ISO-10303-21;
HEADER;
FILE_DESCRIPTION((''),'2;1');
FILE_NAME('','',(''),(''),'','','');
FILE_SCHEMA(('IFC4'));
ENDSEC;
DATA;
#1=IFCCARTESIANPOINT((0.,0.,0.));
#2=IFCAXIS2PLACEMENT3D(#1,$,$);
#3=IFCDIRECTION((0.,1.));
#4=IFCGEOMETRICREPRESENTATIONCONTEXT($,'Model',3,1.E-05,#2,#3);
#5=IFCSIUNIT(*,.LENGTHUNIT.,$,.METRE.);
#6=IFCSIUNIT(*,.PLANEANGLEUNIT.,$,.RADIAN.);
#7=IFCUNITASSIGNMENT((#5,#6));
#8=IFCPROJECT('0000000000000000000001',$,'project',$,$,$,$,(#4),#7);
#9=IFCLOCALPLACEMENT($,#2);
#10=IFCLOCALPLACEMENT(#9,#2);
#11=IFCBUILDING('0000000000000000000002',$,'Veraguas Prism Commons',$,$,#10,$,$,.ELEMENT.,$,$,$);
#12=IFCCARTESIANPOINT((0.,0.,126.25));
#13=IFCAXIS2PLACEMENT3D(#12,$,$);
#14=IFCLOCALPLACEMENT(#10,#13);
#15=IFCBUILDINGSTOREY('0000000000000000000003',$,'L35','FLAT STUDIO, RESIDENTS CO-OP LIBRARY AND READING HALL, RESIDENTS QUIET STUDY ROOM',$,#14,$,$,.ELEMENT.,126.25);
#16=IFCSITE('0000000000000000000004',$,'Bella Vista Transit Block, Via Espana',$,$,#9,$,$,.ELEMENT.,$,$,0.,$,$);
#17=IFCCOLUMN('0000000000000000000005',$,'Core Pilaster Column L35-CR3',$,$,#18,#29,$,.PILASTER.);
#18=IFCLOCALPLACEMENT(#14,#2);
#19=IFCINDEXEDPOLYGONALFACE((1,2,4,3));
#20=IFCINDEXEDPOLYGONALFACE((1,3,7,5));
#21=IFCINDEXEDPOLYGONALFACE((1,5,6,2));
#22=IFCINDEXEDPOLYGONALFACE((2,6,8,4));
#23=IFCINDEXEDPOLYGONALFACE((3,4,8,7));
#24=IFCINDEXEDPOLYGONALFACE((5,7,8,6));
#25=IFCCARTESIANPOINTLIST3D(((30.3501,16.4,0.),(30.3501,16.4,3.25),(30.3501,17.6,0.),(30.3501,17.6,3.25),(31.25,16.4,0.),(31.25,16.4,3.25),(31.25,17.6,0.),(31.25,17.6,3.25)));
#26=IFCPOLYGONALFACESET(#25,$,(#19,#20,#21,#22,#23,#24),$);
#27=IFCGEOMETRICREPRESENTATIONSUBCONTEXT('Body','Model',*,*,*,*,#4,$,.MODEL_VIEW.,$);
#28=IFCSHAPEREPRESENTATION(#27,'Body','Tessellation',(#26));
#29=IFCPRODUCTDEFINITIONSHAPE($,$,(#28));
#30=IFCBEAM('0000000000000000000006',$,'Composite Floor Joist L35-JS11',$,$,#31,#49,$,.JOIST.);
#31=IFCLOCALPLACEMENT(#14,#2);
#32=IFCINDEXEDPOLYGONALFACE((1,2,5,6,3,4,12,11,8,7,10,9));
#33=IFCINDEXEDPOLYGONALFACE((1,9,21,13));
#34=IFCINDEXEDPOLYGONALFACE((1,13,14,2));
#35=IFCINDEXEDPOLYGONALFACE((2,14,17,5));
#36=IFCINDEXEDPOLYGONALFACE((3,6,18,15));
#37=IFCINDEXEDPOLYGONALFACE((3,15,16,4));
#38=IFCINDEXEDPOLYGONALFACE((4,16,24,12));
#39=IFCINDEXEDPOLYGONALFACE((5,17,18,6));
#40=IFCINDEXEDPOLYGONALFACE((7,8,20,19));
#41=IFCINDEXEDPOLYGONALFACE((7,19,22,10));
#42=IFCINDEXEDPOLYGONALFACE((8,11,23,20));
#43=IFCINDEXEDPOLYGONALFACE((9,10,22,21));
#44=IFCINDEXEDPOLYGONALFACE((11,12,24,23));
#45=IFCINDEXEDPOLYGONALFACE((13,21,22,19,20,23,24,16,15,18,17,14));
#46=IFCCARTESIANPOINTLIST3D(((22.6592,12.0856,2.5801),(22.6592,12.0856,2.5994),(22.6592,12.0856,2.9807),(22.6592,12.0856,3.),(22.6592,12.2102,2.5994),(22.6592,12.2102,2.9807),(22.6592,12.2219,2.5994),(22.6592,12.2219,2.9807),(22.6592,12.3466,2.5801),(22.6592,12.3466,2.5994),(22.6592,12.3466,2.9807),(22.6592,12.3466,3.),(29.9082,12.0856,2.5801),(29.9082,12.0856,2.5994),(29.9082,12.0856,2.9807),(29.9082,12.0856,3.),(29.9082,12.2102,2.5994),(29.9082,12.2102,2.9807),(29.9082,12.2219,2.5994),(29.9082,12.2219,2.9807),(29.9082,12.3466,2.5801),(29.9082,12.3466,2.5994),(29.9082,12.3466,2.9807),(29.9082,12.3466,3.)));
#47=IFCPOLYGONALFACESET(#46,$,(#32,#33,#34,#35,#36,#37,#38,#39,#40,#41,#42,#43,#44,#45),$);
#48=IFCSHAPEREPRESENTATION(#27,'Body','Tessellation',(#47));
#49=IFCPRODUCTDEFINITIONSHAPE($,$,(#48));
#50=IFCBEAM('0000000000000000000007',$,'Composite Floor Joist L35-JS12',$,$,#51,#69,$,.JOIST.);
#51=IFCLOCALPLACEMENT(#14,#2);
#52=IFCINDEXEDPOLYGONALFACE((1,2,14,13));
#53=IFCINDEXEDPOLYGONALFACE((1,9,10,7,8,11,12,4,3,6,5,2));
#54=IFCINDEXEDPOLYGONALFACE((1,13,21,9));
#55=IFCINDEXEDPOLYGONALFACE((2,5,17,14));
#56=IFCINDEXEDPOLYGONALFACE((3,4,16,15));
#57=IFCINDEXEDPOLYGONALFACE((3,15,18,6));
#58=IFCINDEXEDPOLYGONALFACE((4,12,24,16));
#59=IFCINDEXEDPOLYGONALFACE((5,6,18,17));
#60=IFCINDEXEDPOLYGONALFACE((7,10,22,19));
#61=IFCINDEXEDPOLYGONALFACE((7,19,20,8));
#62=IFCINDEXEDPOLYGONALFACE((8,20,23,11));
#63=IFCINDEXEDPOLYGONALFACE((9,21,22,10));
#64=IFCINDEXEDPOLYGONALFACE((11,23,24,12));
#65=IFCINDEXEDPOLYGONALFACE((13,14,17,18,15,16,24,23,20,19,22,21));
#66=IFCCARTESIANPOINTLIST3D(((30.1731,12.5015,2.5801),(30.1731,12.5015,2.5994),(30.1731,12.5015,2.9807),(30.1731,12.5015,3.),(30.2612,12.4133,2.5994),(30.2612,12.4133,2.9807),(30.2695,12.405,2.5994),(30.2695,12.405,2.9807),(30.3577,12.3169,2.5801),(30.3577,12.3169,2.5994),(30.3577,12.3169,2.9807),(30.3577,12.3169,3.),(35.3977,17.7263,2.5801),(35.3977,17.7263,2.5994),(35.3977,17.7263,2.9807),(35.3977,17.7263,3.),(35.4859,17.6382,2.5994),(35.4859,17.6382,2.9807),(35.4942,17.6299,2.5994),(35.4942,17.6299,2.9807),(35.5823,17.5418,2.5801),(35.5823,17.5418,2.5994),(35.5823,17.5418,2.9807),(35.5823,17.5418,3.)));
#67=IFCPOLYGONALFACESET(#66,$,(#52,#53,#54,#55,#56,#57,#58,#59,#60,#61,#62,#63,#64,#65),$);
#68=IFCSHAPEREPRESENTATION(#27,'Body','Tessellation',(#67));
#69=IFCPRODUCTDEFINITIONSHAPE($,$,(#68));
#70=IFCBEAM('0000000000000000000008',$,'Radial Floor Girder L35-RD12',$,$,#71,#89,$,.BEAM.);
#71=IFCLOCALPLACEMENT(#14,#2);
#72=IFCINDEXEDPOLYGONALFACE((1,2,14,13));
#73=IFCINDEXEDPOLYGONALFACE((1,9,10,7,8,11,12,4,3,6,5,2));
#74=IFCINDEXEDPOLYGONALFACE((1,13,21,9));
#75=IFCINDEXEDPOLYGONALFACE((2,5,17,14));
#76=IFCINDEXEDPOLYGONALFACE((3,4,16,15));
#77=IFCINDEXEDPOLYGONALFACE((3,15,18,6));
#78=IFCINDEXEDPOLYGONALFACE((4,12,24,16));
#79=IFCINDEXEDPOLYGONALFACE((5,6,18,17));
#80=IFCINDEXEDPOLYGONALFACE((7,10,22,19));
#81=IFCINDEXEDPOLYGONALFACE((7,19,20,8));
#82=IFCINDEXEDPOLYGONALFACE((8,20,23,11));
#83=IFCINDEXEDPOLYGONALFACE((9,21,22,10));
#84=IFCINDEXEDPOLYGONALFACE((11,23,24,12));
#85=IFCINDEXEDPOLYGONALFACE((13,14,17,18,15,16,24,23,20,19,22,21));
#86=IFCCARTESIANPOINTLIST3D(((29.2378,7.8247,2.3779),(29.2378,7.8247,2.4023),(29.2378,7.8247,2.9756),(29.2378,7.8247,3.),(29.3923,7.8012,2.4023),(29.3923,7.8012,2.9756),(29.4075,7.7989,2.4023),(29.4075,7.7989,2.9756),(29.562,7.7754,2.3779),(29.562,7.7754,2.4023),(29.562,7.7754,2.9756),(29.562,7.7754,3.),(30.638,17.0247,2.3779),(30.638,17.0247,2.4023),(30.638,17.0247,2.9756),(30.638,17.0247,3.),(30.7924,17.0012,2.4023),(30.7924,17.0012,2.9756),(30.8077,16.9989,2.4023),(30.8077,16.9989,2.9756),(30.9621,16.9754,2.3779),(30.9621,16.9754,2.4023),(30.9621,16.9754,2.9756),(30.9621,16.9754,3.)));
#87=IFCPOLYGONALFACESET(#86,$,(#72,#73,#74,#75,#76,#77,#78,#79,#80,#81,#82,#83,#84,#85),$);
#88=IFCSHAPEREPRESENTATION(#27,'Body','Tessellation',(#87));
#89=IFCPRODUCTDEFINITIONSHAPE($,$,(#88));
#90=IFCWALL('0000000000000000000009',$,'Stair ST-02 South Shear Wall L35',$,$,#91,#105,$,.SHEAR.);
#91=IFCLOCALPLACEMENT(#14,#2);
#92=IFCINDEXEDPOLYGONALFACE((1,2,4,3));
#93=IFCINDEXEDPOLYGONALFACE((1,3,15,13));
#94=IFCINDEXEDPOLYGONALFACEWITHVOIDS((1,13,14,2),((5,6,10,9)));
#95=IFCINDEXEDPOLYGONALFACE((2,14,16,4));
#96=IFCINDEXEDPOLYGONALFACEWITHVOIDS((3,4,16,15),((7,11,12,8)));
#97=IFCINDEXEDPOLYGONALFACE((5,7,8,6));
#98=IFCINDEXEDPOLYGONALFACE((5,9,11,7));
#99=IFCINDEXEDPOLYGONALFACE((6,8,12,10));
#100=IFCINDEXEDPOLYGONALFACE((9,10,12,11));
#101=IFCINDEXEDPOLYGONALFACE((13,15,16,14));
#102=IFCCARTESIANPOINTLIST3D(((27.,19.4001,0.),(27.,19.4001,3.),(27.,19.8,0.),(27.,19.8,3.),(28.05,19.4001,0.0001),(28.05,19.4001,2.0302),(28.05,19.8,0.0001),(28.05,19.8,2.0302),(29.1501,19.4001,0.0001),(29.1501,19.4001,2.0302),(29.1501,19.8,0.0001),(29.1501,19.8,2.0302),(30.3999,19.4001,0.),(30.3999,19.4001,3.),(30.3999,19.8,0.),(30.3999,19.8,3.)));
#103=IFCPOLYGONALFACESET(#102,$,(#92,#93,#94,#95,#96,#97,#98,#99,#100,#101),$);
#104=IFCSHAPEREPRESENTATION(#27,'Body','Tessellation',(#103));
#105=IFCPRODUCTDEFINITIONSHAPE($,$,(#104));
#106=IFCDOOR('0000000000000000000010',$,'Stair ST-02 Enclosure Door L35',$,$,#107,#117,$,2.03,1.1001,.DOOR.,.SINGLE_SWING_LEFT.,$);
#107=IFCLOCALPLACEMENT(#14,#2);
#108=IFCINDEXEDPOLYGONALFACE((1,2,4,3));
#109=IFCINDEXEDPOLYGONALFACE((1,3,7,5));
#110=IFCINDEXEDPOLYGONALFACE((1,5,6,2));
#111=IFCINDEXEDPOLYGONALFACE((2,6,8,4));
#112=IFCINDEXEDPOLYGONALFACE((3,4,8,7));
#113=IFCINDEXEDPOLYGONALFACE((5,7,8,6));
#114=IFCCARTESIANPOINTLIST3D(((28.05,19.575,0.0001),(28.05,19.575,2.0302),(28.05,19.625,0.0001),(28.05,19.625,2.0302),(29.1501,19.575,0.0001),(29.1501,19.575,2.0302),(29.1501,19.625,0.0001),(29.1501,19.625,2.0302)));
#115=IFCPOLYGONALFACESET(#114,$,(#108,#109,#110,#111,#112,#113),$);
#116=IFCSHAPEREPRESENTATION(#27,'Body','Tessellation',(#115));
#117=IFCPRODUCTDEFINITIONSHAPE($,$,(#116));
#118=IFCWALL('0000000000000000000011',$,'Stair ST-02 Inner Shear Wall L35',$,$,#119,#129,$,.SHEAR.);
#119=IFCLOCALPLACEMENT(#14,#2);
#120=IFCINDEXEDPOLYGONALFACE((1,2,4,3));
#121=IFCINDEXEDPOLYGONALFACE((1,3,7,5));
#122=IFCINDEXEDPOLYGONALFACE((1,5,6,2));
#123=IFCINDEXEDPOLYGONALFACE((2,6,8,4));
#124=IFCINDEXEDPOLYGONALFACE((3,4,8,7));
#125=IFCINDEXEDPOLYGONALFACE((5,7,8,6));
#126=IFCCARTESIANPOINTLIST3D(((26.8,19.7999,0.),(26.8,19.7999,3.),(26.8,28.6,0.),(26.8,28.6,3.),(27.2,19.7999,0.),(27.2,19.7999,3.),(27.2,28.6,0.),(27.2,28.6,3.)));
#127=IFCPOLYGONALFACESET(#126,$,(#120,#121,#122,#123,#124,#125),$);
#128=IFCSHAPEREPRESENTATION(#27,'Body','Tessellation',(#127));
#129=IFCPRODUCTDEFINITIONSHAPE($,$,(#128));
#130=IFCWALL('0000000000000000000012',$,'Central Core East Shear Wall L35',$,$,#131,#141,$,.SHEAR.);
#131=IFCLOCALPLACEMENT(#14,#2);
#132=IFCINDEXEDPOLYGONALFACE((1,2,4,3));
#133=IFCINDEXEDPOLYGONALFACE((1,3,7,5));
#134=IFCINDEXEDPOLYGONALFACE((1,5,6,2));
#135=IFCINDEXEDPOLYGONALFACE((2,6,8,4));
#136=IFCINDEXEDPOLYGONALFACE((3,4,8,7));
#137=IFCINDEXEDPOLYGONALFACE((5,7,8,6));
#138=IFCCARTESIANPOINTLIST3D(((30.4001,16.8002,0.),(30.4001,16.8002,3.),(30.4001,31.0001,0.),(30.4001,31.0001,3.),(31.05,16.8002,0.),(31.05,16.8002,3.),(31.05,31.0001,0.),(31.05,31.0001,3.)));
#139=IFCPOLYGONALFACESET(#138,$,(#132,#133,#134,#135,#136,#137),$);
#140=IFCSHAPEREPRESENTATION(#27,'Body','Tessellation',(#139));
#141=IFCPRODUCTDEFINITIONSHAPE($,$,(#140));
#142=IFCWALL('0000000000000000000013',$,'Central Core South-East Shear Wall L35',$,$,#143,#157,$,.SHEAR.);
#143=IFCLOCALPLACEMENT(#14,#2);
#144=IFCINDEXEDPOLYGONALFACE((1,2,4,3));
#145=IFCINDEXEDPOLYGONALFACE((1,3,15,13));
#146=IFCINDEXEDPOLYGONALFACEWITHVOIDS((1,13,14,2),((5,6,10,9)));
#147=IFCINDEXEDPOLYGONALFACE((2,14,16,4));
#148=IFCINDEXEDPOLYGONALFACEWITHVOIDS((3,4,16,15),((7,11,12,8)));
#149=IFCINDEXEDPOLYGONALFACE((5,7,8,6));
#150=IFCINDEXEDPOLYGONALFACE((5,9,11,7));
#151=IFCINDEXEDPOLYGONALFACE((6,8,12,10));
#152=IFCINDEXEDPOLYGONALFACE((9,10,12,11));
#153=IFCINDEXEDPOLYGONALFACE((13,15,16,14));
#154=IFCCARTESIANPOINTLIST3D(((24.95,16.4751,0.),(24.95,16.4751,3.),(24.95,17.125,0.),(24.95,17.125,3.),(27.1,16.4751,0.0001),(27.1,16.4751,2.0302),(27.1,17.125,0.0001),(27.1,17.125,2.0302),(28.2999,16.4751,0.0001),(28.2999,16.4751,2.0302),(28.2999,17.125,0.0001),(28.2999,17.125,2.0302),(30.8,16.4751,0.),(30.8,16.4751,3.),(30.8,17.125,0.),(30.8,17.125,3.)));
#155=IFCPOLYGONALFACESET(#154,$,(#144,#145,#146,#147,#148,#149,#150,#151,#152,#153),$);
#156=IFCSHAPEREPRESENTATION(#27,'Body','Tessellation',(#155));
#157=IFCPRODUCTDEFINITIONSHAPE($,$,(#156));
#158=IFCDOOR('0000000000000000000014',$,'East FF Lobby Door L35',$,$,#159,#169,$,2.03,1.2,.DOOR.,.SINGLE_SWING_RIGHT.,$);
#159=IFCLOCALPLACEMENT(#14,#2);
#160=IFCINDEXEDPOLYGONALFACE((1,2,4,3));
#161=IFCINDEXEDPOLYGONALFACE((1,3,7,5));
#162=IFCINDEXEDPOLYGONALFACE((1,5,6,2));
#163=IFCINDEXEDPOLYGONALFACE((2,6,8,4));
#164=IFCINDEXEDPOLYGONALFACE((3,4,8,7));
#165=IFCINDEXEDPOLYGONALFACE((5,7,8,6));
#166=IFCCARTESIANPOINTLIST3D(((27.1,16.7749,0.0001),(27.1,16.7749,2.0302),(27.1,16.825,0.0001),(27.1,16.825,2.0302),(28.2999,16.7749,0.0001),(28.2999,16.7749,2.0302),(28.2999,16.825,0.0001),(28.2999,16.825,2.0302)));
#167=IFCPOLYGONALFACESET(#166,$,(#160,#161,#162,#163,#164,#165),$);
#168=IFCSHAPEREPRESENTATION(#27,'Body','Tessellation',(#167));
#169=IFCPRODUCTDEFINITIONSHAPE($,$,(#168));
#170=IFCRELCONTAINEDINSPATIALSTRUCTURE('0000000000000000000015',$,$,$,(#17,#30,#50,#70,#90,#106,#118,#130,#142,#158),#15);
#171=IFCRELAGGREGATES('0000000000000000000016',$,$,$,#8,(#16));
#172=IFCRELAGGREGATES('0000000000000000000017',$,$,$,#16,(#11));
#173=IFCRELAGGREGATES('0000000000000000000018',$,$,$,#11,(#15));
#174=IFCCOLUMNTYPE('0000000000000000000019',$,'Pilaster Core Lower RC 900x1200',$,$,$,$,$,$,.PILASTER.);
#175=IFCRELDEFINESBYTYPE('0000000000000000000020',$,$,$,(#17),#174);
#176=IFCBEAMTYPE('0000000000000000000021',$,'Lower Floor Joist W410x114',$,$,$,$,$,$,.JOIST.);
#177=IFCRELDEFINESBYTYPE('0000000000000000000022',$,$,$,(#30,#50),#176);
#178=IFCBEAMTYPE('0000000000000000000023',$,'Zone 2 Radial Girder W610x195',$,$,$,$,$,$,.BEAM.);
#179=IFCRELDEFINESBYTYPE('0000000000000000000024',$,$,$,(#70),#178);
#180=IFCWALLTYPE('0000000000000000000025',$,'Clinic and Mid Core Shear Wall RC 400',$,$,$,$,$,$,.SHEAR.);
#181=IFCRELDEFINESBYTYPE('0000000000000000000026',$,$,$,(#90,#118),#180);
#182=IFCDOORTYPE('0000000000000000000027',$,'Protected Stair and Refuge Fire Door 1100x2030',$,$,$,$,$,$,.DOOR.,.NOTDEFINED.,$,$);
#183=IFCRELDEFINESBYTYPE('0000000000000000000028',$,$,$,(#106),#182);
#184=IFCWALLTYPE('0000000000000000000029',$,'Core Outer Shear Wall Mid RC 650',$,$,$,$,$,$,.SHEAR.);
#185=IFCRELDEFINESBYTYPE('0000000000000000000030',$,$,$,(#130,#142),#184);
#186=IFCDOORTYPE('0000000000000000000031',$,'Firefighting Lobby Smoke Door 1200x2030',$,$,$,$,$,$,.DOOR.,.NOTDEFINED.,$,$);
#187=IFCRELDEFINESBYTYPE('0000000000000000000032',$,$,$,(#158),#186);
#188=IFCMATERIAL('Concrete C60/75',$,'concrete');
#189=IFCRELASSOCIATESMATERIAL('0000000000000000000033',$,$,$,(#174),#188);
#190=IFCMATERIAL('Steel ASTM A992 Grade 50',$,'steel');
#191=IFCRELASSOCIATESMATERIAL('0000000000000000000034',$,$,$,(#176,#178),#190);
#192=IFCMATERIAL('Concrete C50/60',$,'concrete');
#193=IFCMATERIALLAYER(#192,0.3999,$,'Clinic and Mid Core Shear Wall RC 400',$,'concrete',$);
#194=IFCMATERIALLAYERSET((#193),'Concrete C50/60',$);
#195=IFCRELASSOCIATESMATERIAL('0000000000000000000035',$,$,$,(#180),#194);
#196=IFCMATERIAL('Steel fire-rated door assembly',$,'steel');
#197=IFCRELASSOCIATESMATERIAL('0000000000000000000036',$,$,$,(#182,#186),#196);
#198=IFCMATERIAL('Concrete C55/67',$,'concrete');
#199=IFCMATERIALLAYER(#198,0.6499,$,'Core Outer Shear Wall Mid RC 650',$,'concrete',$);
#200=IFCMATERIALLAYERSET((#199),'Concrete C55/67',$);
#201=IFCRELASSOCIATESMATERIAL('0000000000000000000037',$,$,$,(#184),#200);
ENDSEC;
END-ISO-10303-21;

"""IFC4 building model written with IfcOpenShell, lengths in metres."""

from ifc_helpers import new_model, si_unit, direction, frame, frame_2d, origin, origin_2d, place, context, subcontext, project, spatial, rectangle, i_section, extrude, source, transform, mapped, material, layer, layer_set, material_profile, profile_set, type_object, element, fill, save


model = new_model("IFC4")

# Units and contexts
model_context = context("Model", 3, precision=1e-05, world=origin(), true_north=direction((0.0, 1.0)))
body_context = subcontext(model_context, "Body", "Model", "MODEL_VIEW")
ifc_project = project(units=[si_unit("LENGTHUNIT", "METRE"), si_unit("PLANEANGLEUNIT", "RADIAN")], contexts=[model_context])

# Site, building, storey
site_placement = place(None, origin())
site = spatial("IfcSite", under=ifc_project, at=site_placement, Name="Bella Vista Transit Block, Via Espana", CompositionType="ELEMENT", RefElevation=0.0)
building_placement = place(site_placement, origin())
building = spatial("IfcBuilding", under=site, at=building_placement, Name="Veraguas Prism Commons", CompositionType="ELEMENT")
storey_placement = place(building_placement, frame((0.0, 0.0, 126.25)))
storey = spatial("IfcBuildingStorey", under=building, at=storey_placement, Name="L35", Description="FLAT STUDIO, RESIDENTS CO-OP LIBRARY AND READING HALL, RESIDENTS QUIET STUDY ROOM", CompositionType="ELEMENT", Elevation=126.25)

# Column
ifc_material_1 = material(Name="Concrete C60/75", Category="concrete")
ifc_material_profile_1 = material_profile(ifc_material_1, rectangle(XDim=0.8999, YDim=1.2, at=origin_2d()), Name="RC900X1200")
ifc_profile_set_1 = profile_set([ifc_material_profile_1], Name="Concrete C60/75")
column_type = type_object("IfcColumnType", Name="Pilaster Core Lower RC 900x1200", PredefinedType="PILASTER", material=ifc_profile_set_1)
column_placement = place(storey_placement, frame((30.8, 17.0, 0.0), z_axis=(0.0, 0.0, 1.0), x_axis=(1.0, 0.0, 0.0)))
element("IfcColumn", 1, at=column_placement, inside=storey, type_object=column_type, Name="Core Pilaster Column L35-CR3", PredefinedType="PILASTER", context=body_context, shape_type="SweptSolid", body=[
    extrude(rectangle(XDim=0.8999, YDim=1.2, at=origin_2d()), origin(), (0.0, 0.0, 1.0), 3.25),
])

# Beams
ifc_material_2 = material(Name="Steel ASTM A992 Grade 50", Category="steel")
ifc_material_profile_2 = material_profile(ifc_material_2, i_section(OverallWidth=0.261, OverallDepth=0.4199, WebThickness=0.0117, FlangeThickness=0.0193, at=origin_2d()), Name="W410X114")
ifc_profile_set_2 = profile_set([ifc_material_profile_2], Name="Steel ASTM A992 Grade 50")
beam_type_1 = type_object("IfcBeamType", Name="Lower Floor Joist W410x114", PredefinedType="JOIST", material=ifc_profile_set_2)
beam_1_placement = place(storey_placement, frame((22.6592, 12.2161, 2.79), z_axis=(1.0, 0.0, 0.0), x_axis=(0.0, 1.0, 0.0)))
element("IfcBeam", 2, at=beam_1_placement, inside=storey, type_object=beam_type_1, Name="Composite Floor Joist L35-JS11", PredefinedType="JOIST", context=body_context, shape_type="SweptSolid", body=[
    extrude(i_section(OverallWidth=0.261, OverallDepth=0.4199, WebThickness=0.0117, FlangeThickness=0.0193, at=origin_2d()), origin(), (0.0, 0.0, 1.0), 7.249),
])
beam_2_placement = place(storey_placement, frame((30.2654, 12.4092, 2.79), z_axis=(0.70709, 0.707123, 0.0), x_axis=(-0.707123, 0.70709, 0.0)))
element("IfcBeam", 3, at=beam_2_placement, inside=storey, type_object=beam_type_1, Name="Composite Floor Joist L35-JS12", PredefinedType="JOIST", context=body_context, shape_type="SweptSolid", body=[
    extrude(i_section(OverallWidth=0.261, OverallDepth=0.4199, WebThickness=0.0117, FlangeThickness=0.0193, at=origin_2d()), origin(), (0.0, 0.0, 1.0), 7.3889),
])
ifc_material_profile_3 = material_profile(ifc_material_2, i_section(OverallWidth=0.3279, OverallDepth=0.6221, WebThickness=0.0154, FlangeThickness=0.0244, at=origin_2d()), Name="W610X195")
ifc_profile_set_3 = profile_set([ifc_material_profile_3], Name="Steel ASTM A992 Grade 50")
beam_type_2 = type_object("IfcBeamType", Name="Zone 2 Radial Girder W610x195", PredefinedType="BEAM", material=ifc_profile_set_3)
beam_3_placement = place(storey_placement, frame((29.3999, 7.8, 2.689), z_axis=(0.150458, 0.988616, 0.0), x_axis=(-0.988616, 0.150458, 0.0)))
element("IfcBeam", 4, at=beam_3_placement, inside=storey, type_object=beam_type_2, Name="Radial Floor Girder L35-RD12", PredefinedType="BEAM", context=body_context, shape_type="SweptSolid", body=[
    extrude(i_section(OverallWidth=0.3279, OverallDepth=0.6221, WebThickness=0.0154, FlangeThickness=0.0244, at=origin_2d()), origin(), (0.0, 0.0, 1.0), 9.3059),
])

# Wall, opening, door
ifc_material_3 = material(Name="Concrete C50/60", Category="concrete")
ifc_layer_1 = layer(ifc_material_3, 0.3999, Name="Clinic and Mid Core Shear Wall RC 400", Category="concrete")
ifc_layer_set_1 = layer_set([ifc_layer_1], Name="Concrete C50/60")
wall_type_1 = type_object("IfcWallType", Name="Clinic and Mid Core Shear Wall RC 400", PredefinedType="SHEAR", material=ifc_layer_set_1)
wall_1_placement = place(storey_placement, frame((27.0, 19.6001, 0.0), z_axis=(0.0, 0.0, 1.0), x_axis=(1.0, 0.0, 0.0)))
wall_1 = element("IfcWall", 5, at=wall_1_placement, inside=storey, type_object=wall_type_1, Name="Stair ST-02 South Shear Wall L35", PredefinedType="SHEAR", context=body_context, shape_type="SweptSolid", body=[
    extrude(rectangle(XDim=3.3999, YDim=0.3999, at=frame_2d((1.7, 0.0))), origin(), (0.0, 0.0, 1.0), 3.0),
])
opening_1_placement = place(wall_1_placement, frame((1.05, 0.0, 0.0)))
opening_1 = element("IfcOpeningElement", 6, at=opening_1_placement, cuts=wall_1, PredefinedType="OPENING", context=body_context, shape_type="SweptSolid", body=[
    extrude(rectangle(XDim=1.1001, YDim=2.03, at=frame_2d((0.55, 1.0151))), frame((0.0, 0.21, 0.0), z_axis=(0.0, -1.0, 0.0), x_axis=(1.0, 0.0, 0.0)), (0.0, 0.0, 1.0), 0.4199),
])
ifc_material_4 = material(Name="Steel fire-rated door assembly", Category="steel")
door_type_1 = type_object("IfcDoorType", Name="Protected Stair and Refuge Fire Door 1100x2030", OperationType="NOTDEFINED", PredefinedType="DOOR", material=ifc_material_4)
shared_shape_1 = source(origin(), body_context, "Body", "SweptSolid", [
    extrude(rectangle(XDim=1.1001, YDim=2.03, at=frame_2d((0.55, 1.0151))), frame((0.0, 0.0249, 0.0), z_axis=(0.0, -1.0, 0.0), x_axis=(1.0, 0.0, 0.0)), (0.0, 0.0, 1.0), 0.05),
])
door_1_placement = place(opening_1_placement, origin())
door_1 = element("IfcDoor", 7, at=door_1_placement, inside=storey, type_object=door_type_1, Name="Stair ST-02 Enclosure Door L35", OperationType="SINGLE_SWING_LEFT", OverallHeight=2.03, OverallWidth=1.1001, PredefinedType="DOOR", context=body_context, shape_type="MappedRepresentation", body=[
    mapped(shared_shape_1, transform((0.0, 0.0, 0.0), scale=1.0)),
])
fill(opening_1, door_1)

# Walls
wall_2_placement = place(storey_placement, frame((27.0, 19.8, 0.0), z_axis=(0.0, 0.0, 1.0), x_axis=(0.0, 1.0, 0.0)))
element("IfcWall", 8, at=wall_2_placement, inside=storey, type_object=wall_type_1, Name="Stair ST-02 Inner Shear Wall L35", PredefinedType="SHEAR", context=body_context, shape_type="SweptSolid", body=[
    extrude(rectangle(XDim=8.8, YDim=0.3999, at=frame_2d((4.3999, 0.0))), origin(), (0.0, 0.0, 1.0), 3.0),
])
ifc_material_5 = material(Name="Concrete C55/67", Category="concrete")
ifc_layer_2 = layer(ifc_material_5, 0.6499, Name="Core Outer Shear Wall Mid RC 650", Category="concrete")
ifc_layer_set_2 = layer_set([ifc_layer_2], Name="Concrete C55/67")
wall_type_2 = type_object("IfcWallType", Name="Core Outer Shear Wall Mid RC 650", PredefinedType="SHEAR", material=ifc_layer_set_2)
wall_3_placement = place(storey_placement, frame((30.7251, 16.8, 0.0), z_axis=(0.0, 0.0, 1.0), x_axis=(0.0, 1.0, 0.0)))
element("IfcWall", 9, at=wall_3_placement, inside=storey, type_object=wall_type_2, Name="Central Core East Shear Wall L35", PredefinedType="SHEAR", context=body_context, shape_type="SweptSolid", body=[
    extrude(rectangle(XDim=14.2, YDim=0.6499, at=frame_2d((7.1001, 0.0))), origin(), (0.0, 0.0, 1.0), 3.0),
])

# Wall, opening, door
wall_4_placement = place(storey_placement, frame((24.95, 16.8, 0.0), z_axis=(0.0, 0.0, 1.0), x_axis=(1.0, 0.0, 0.0)))
wall_4 = element("IfcWall", 10, at=wall_4_placement, inside=storey, type_object=wall_type_2, Name="Central Core South-East Shear Wall L35", PredefinedType="SHEAR", context=body_context, shape_type="SweptSolid", body=[
    extrude(rectangle(XDim=5.8501, YDim=0.6499, at=frame_2d((2.925, 0.0))), origin(), (0.0, 0.0, 1.0), 3.0),
])
opening_2_placement = place(wall_4_placement, frame((2.1499, 0.0, 0.0)))
opening_2 = element("IfcOpeningElement", 11, at=opening_2_placement, cuts=wall_4, PredefinedType="OPENING", context=body_context, shape_type="SweptSolid", body=[
    extrude(rectangle(XDim=1.2, YDim=2.03, at=frame_2d((0.6001, 1.0151))), frame((0.0, 0.335, 0.0), z_axis=(0.0, -1.0, 0.0), x_axis=(1.0, 0.0, 0.0)), (0.0, 0.0, 1.0), 0.6699),
])
door_type_2 = type_object("IfcDoorType", Name="Firefighting Lobby Smoke Door 1200x2030", OperationType="NOTDEFINED", PredefinedType="DOOR", material=ifc_material_4)
shared_shape_2 = source(origin(), body_context, "Body", "SweptSolid", [
    extrude(rectangle(XDim=1.2, YDim=2.03, at=frame_2d((0.6001, 1.0151))), frame((0.0, 0.0249, 0.0), z_axis=(0.0, -1.0, 0.0), x_axis=(1.0, 0.0, 0.0)), (0.0, 0.0, 1.0), 0.05),
])
door_2_placement = place(opening_2_placement, origin())
door_2 = element("IfcDoor", 12, at=door_2_placement, inside=storey, type_object=door_type_2, Name="East FF Lobby Door L35", OperationType="SINGLE_SWING_RIGHT", OverallHeight=2.03, OverallWidth=1.2, PredefinedType="DOOR", context=body_context, shape_type="MappedRepresentation", body=[
    mapped(shared_shape_2, transform((0.0, 0.0, 0.0), scale=1.0)),
])
fill(opening_2, door_2)

save(model, "model.ifc")
